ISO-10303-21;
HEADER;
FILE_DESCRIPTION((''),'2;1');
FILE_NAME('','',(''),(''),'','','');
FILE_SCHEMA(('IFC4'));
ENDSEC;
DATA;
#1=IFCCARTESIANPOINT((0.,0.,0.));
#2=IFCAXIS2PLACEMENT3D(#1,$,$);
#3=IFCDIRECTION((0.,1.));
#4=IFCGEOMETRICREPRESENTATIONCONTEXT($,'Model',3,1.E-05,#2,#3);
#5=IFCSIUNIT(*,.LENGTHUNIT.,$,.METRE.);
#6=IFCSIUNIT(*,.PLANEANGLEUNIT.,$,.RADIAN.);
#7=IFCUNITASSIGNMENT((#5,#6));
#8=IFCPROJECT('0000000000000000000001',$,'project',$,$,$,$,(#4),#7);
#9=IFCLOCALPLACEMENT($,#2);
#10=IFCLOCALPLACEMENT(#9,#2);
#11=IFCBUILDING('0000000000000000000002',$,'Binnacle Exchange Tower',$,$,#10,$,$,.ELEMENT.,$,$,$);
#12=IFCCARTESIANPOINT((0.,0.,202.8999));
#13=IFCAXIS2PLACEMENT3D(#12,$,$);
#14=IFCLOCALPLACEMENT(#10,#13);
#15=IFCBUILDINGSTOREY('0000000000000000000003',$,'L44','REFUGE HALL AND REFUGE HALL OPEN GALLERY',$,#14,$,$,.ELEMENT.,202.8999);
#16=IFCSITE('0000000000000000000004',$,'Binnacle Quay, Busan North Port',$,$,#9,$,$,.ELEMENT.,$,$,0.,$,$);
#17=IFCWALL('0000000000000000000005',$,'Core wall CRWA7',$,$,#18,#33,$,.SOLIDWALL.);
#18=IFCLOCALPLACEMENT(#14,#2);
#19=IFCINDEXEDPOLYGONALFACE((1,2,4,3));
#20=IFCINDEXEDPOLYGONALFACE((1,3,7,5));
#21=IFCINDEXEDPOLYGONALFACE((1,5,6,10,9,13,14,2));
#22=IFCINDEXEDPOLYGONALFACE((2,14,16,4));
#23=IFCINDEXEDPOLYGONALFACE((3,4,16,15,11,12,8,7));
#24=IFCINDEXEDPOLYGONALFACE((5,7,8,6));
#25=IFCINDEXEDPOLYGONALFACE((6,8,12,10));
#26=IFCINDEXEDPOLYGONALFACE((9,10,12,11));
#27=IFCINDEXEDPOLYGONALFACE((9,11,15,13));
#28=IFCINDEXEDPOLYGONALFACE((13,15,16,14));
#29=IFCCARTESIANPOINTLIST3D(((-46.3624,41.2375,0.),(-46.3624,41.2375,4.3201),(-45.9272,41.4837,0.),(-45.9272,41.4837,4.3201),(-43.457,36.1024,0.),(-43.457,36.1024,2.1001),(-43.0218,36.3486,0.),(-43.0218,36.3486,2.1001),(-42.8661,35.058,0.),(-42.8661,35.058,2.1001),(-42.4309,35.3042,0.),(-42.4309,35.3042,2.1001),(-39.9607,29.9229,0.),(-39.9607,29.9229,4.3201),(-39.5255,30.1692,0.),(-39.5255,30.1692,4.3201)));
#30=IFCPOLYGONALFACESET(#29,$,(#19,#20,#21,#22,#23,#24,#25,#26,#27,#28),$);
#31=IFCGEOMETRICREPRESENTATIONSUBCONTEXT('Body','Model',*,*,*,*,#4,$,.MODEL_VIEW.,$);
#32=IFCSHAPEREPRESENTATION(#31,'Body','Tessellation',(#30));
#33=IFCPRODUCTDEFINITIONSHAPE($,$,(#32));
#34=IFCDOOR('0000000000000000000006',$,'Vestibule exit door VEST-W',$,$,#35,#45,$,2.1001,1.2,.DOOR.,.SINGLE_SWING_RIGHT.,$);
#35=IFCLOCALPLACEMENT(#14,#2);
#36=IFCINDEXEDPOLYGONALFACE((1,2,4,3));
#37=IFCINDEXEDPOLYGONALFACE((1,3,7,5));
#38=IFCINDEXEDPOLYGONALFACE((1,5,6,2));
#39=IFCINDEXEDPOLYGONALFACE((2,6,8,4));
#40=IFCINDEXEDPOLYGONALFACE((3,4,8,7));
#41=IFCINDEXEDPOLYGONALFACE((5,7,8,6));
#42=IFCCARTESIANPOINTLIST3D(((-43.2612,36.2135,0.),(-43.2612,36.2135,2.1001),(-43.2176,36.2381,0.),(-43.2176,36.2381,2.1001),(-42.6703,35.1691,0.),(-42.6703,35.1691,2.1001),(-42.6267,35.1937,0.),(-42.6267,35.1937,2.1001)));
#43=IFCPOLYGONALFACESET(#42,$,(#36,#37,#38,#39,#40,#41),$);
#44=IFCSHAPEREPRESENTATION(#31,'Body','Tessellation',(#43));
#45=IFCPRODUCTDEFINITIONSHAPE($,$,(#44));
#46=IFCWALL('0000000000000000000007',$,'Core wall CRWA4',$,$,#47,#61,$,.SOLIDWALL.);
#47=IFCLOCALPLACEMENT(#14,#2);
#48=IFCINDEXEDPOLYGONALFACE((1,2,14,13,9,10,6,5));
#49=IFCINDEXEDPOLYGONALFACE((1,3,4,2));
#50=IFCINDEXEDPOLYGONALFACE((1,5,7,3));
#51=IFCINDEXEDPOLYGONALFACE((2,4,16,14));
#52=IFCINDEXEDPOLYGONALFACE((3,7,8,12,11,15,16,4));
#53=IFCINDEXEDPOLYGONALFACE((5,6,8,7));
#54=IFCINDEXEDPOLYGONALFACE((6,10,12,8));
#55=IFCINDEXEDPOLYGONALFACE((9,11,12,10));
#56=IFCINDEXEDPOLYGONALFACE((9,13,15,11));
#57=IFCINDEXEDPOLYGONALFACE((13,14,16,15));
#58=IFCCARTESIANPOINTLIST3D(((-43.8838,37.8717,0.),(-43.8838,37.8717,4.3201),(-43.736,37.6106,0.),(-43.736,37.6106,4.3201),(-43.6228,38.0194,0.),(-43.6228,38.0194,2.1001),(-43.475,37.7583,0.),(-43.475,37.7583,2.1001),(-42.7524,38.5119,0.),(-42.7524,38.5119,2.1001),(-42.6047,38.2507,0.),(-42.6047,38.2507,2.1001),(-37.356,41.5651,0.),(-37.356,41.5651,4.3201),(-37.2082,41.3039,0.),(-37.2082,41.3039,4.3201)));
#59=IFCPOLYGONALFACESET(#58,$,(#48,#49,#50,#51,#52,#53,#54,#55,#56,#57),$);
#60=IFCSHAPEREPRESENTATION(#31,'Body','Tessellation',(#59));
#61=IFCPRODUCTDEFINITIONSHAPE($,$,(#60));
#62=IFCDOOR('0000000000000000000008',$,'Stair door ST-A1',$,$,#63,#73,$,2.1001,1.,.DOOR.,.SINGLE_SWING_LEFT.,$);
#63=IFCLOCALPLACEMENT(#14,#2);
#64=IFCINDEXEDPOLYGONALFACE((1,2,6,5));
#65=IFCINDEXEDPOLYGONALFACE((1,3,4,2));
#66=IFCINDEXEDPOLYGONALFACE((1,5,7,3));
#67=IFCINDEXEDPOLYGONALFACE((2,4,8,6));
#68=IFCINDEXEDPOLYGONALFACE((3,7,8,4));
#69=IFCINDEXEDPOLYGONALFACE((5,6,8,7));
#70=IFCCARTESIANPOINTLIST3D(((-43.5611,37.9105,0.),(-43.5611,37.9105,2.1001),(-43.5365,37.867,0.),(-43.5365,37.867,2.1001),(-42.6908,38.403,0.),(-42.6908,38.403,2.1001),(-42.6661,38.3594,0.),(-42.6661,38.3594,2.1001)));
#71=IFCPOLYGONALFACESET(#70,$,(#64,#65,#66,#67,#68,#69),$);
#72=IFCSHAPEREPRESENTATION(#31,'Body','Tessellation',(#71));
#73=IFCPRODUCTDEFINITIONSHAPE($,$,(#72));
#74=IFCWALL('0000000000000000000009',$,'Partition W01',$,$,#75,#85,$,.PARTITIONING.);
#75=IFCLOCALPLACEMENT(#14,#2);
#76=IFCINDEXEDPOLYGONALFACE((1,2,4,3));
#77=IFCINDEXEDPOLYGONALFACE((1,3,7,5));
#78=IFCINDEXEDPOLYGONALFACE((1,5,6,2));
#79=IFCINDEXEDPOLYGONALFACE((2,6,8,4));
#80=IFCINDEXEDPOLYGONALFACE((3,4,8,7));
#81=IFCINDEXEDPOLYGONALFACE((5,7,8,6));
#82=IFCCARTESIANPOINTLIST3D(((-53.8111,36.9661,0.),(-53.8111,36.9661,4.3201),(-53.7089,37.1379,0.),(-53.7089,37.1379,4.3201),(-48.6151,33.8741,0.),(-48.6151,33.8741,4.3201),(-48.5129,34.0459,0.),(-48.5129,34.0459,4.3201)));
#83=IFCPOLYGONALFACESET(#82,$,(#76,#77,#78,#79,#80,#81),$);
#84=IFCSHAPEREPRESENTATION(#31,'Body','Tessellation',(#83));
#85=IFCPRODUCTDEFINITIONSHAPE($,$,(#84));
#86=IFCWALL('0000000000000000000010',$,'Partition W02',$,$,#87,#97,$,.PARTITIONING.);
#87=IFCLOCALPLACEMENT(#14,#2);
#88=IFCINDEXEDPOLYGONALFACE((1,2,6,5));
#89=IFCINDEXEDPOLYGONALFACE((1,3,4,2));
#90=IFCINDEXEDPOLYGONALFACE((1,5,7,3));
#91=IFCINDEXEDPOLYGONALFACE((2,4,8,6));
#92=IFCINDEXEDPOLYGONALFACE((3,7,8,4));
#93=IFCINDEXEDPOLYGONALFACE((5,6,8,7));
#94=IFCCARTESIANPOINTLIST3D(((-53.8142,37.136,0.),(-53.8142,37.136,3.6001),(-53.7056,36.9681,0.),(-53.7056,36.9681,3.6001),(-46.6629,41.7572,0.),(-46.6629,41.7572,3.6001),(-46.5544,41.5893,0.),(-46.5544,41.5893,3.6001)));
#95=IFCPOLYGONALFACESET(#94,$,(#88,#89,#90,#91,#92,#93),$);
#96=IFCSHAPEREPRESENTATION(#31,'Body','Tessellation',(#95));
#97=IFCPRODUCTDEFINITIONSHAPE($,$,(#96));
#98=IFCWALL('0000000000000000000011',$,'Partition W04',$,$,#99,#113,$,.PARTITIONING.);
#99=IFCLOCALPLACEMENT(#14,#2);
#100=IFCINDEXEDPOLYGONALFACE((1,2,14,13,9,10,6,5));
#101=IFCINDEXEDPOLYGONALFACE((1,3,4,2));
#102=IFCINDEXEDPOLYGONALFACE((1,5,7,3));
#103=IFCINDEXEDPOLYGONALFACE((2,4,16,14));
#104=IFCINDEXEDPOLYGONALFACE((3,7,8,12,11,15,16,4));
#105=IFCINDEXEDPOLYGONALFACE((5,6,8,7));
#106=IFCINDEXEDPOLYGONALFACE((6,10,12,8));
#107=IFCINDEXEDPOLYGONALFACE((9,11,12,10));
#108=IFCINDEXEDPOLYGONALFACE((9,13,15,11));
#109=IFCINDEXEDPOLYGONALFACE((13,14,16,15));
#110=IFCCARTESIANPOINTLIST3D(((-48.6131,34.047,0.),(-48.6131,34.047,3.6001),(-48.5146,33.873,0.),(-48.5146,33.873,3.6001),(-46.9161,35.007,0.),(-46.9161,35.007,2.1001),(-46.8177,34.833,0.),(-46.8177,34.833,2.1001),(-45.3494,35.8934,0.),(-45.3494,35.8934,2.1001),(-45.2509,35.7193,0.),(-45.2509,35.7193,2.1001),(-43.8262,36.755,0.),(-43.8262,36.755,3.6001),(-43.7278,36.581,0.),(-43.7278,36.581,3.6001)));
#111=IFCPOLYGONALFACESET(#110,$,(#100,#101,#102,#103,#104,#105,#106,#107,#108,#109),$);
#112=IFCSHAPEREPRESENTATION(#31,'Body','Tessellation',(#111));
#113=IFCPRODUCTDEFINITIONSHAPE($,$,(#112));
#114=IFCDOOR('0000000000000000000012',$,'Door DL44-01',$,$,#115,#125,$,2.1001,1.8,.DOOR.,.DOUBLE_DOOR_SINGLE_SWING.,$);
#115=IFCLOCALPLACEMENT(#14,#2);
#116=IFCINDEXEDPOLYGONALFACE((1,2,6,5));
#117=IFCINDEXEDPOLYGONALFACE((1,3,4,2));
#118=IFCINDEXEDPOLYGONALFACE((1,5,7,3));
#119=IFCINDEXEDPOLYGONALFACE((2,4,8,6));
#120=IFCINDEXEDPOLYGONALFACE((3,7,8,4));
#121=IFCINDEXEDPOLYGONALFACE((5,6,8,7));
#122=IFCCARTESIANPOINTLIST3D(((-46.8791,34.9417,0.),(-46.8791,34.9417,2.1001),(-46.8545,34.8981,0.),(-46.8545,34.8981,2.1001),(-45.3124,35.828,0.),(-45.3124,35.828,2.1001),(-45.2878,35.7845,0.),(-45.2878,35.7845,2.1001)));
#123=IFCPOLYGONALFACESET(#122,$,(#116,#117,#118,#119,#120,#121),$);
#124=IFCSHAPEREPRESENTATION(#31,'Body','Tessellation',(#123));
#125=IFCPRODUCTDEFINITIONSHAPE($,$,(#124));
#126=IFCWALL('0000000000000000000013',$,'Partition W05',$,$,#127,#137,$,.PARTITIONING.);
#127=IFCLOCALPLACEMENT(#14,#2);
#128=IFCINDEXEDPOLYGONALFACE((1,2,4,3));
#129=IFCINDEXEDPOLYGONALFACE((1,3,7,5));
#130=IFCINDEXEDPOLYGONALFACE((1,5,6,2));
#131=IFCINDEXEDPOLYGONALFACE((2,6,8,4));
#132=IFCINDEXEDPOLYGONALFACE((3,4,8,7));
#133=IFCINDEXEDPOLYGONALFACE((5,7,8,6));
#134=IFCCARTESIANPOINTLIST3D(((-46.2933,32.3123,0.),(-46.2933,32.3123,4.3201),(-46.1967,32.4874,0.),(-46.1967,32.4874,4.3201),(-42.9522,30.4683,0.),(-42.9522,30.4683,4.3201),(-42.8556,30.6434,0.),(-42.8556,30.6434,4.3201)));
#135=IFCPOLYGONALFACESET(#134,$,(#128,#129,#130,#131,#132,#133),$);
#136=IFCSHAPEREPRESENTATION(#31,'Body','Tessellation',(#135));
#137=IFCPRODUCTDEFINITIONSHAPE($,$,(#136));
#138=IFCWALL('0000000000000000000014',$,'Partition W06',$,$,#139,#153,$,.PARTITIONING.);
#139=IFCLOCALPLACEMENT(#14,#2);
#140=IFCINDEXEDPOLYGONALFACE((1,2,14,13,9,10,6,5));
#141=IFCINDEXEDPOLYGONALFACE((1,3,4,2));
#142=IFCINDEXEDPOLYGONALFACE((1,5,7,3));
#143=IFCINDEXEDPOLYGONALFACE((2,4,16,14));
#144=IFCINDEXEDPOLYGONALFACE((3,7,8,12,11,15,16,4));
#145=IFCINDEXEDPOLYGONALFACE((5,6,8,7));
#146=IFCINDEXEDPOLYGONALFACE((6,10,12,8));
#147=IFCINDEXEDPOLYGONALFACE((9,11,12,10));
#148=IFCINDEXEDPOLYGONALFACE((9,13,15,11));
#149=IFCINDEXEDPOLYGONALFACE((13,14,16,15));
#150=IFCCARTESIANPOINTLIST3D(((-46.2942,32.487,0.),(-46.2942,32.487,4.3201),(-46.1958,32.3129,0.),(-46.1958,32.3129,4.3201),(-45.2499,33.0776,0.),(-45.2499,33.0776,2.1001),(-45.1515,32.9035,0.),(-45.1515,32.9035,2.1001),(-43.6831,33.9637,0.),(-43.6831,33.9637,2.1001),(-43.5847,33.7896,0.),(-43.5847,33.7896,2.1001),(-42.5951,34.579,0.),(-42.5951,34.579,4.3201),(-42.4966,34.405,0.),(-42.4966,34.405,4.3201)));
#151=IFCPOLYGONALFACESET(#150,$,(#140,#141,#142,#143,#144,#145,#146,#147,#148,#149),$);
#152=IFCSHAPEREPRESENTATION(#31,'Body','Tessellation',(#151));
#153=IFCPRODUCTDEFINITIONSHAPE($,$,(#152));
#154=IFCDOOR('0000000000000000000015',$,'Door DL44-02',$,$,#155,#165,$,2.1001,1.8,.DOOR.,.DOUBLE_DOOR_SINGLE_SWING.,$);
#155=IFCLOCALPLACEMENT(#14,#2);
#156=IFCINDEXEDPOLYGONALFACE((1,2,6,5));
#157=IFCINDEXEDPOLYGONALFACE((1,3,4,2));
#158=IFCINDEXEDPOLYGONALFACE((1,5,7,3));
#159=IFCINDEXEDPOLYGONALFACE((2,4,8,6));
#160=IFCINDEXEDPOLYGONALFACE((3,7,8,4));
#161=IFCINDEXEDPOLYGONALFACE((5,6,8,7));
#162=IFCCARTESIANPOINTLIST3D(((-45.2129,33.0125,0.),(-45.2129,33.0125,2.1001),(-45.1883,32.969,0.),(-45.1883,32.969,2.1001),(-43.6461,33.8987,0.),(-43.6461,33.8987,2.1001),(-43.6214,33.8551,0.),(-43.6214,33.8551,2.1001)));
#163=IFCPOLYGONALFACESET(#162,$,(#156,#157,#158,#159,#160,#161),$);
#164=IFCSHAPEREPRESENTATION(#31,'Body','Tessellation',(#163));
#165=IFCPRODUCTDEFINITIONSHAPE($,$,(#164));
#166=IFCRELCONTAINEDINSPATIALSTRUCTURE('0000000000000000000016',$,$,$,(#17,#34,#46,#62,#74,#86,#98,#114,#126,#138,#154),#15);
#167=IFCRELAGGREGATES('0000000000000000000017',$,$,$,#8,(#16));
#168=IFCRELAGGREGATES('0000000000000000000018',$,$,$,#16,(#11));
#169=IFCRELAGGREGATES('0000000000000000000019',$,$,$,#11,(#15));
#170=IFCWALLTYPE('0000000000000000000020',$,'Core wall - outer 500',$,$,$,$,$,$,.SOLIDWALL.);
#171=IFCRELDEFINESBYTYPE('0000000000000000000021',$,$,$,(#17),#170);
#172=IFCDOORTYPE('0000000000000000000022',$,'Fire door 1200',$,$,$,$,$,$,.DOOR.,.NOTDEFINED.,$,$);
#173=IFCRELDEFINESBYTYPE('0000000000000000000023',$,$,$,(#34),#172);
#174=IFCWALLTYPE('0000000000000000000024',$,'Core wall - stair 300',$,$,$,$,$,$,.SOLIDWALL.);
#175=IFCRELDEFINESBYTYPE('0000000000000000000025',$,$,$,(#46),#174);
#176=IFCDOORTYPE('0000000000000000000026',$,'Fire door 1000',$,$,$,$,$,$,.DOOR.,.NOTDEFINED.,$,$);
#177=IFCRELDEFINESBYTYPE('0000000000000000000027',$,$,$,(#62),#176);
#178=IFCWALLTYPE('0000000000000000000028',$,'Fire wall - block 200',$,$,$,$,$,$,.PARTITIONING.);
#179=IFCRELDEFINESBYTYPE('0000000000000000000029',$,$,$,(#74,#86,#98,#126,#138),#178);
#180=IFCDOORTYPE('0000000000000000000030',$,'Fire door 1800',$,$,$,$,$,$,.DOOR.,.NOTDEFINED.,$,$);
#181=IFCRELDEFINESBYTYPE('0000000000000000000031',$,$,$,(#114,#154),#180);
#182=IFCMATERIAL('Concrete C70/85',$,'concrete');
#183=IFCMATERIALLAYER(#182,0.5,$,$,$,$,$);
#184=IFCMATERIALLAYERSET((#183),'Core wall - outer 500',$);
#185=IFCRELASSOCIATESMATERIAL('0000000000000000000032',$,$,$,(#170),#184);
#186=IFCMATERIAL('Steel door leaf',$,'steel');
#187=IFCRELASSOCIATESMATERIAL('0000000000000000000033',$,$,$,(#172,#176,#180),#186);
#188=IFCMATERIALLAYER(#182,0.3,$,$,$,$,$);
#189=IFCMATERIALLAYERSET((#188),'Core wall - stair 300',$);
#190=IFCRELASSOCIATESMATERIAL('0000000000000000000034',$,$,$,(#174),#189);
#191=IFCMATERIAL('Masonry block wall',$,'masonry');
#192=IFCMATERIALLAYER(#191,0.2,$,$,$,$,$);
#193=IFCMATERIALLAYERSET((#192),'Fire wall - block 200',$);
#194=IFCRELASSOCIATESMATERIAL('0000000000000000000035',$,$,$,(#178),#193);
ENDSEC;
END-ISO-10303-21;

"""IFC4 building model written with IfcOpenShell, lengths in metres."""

from ifc_helpers import new_model, si_unit, direction, frame, frame_2d, origin, place, context, subcontext, project, spatial, rectangle, extrude, material, layer, layer_set, type_object, element, fill, save


model = new_model("IFC4")

# Units and contexts
model_context = context("Model", 3, precision=1e-05, world=origin(), true_north=direction((0.0, 1.0)))
body_context = subcontext(model_context, "Body", "Model", "MODEL_VIEW")
ifc_project = project(units=[si_unit("LENGTHUNIT", "METRE"), si_unit("PLANEANGLEUNIT", "RADIAN")], contexts=[model_context])

# Site, building, storey
site_placement = place(None, origin())
site = spatial("IfcSite", under=ifc_project, at=site_placement, Name="Binnacle Quay, Busan North Port", CompositionType="ELEMENT", RefElevation=0.0)
building_placement = place(site_placement, origin())
building = spatial("IfcBuilding", under=site, at=building_placement, Name="Binnacle Exchange Tower", CompositionType="ELEMENT")
storey_placement = place(building_placement, frame((0.0, 0.0, 202.8999)))
storey = spatial("IfcBuildingStorey", under=building, at=storey_placement, Name="L44", Description="REFUGE HALL AND REFUGE HALL OPEN GALLERY", CompositionType="ELEMENT", Elevation=202.8999)

# Shared definitions
ifc_material_1 = material(Name="Concrete C70/85", Category="concrete")

# Shared definitions
ifc_layer_1 = layer(ifc_material_1, 0.5)
ifc_layer_set_1 = layer_set([ifc_layer_1], Name="Core wall - outer 500")
wall_type_1 = type_object("IfcWallType", Name="Core wall - outer 500", PredefinedType="SOLIDWALL", material=ifc_layer_set_1)

# Walls, openings, doors
wall_1_placement = place(storey_placement, frame((-46.1448, 41.3606, 0.0), z_axis=(0.0, 0.0, 1.0), x_axis=(0.492435, -0.870349, 0.0)))
wall_1 = element("IfcWall", 1, at=wall_1_placement, inside=storey, type_object=wall_type_1, Name="Core wall CRWA7", PredefinedType="SOLIDWALL", context=body_context, shape_type="SweptSolid", body=[
    extrude(rectangle(XDim=13.0, YDim=0.5, at=frame_2d((6.5, 0.0))), origin(), (0.0, 0.0, 1.0), 4.3201),
])
opening_1_placement = place(wall_1_placement, frame((5.8999, 0.0, 0.0)))
opening_1 = element("IfcOpeningElement", 2, at=opening_1_placement, cuts=wall_1, PredefinedType="OPENING", context=body_context, shape_type="SweptSolid", body=[
    extrude(rectangle(XDim=1.2, YDim=2.1001, at=frame_2d((0.6001, 1.05))), frame((0.0, 0.26, 0.0), z_axis=(0.0, -1.0, 0.0), x_axis=(1.0, 0.0, 0.0)), (0.0, 0.0, 1.0), 0.52),
])
ifc_material_2 = material(Name="Steel door leaf", Category="steel")
door_type_1 = type_object("IfcDoorType", Name="Fire door 1200", OperationType="NOTDEFINED", PredefinedType="DOOR", material=ifc_material_2)
door_1_placement = place(opening_1_placement, frame((1.2, 0.0, 0.0), z_axis=(0.0, 0.0, 1.0), x_axis=(-1.0, 0.0, 0.0)))
door_1 = element("IfcDoor", 3, at=door_1_placement, inside=storey, type_object=door_type_1, Name="Vestibule exit door VEST-W", OperationType="SINGLE_SWING_RIGHT", OverallHeight=2.1001, OverallWidth=1.2, PredefinedType="DOOR", context=body_context, shape_type="SweptSolid", body=[
    extrude(rectangle(XDim=1.2, YDim=2.1001, at=frame_2d((0.6001, 1.05))), frame((0.0, 0.0249, 0.0), z_axis=(0.0, -1.0, 0.0), x_axis=(1.0, 0.0, 0.0)), (0.0, 0.0, 1.0), 0.05),
])
fill(opening_1, door_1)
ifc_layer_2 = layer(ifc_material_1, 0.3)
ifc_layer_set_2 = layer_set([ifc_layer_2], Name="Core wall - stair 300")
wall_type_2 = type_object("IfcWallType", Name="Core wall - stair 300", PredefinedType="SOLIDWALL", material=ifc_layer_set_2)
wall_2_placement = place(storey_placement, frame((-43.8098, 37.7412, 0.0), z_axis=(0.0, 0.0, 1.0), x_axis=(0.870351, 0.492433, 0.0)))
wall_2 = element("IfcWall", 4, at=wall_2_placement, inside=storey, type_object=wall_type_2, Name="Core wall CRWA4", PredefinedType="SOLIDWALL", context=body_context, shape_type="SweptSolid", body=[
    extrude(rectangle(XDim=7.5002, YDim=0.3, at=frame_2d((3.75, 0.0))), origin(), (0.0, 0.0, 1.0), 4.3201),
])
opening_2_placement = place(wall_2_placement, frame((0.2998, 0.0, 0.0)))
opening_2 = element("IfcOpeningElement", 5, at=opening_2_placement, cuts=wall_2, PredefinedType="OPENING", context=body_context, shape_type="SweptSolid", body=[
    extrude(rectangle(XDim=1.0, YDim=2.1001, at=frame_2d((0.5, 1.05))), frame((0.0, 0.1599, 0.0), z_axis=(0.0, -1.0, 0.0), x_axis=(1.0, 0.0, 0.0)), (0.0, 0.0, 1.0), 0.3201),
])
door_type_2 = type_object("IfcDoorType", Name="Fire door 1000", OperationType="NOTDEFINED", PredefinedType="DOOR", material=ifc_material_2)
door_2_placement = place(opening_2_placement, origin())
door_2 = element("IfcDoor", 6, at=door_2_placement, inside=storey, type_object=door_type_2, Name="Stair door ST-A1", OperationType="SINGLE_SWING_LEFT", OverallHeight=2.1001, OverallWidth=1.0, PredefinedType="DOOR", context=body_context, shape_type="SweptSolid", body=[
    extrude(rectangle(XDim=1.0, YDim=2.1001, at=frame_2d((0.5, 1.05))), frame((0.0, 0.0249, 0.0), z_axis=(0.0, -1.0, 0.0), x_axis=(1.0, 0.0, 0.0)), (0.0, 0.0, 1.0), 0.05),
])
fill(opening_2, door_2)

# Walls
ifc_material_3 = material(Name="Masonry block wall", Category="masonry")
ifc_layer_3 = layer(ifc_material_3, 0.2)
ifc_layer_set_3 = layer_set([ifc_layer_3], Name="Fire wall - block 200")
wall_type_3 = type_object("IfcWallType", Name="Fire wall - block 200", PredefinedType="PARTITIONING", material=ifc_layer_set_3)
wall_3_placement = place(storey_placement, frame((-53.76, 37.052, 0.0), z_axis=(0.0, 0.0, 1.0), x_axis=(0.859354, -0.511381, 0.0)))
element("IfcWall", 7, at=wall_3_placement, inside=storey, type_object=wall_type_3, Name="Partition W01", PredefinedType="PARTITIONING", context=body_context, shape_type="SweptSolid", body=[
    extrude(rectangle(XDim=6.0464, YDim=0.2, at=frame_2d((3.0232, 0.0))), origin(), (0.0, 0.0, 1.0), 4.3201),
])
wall_4_placement = place(storey_placement, frame((-53.76, 37.052, 0.0), z_axis=(0.0, 0.0, 1.0), x_axis=(0.839897, 0.542746, 0.0)))
element("IfcWall", 8, at=wall_4_placement, inside=storey, type_object=wall_type_3, Name="Partition W02", PredefinedType="PARTITIONING", context=body_context, shape_type="SweptSolid", body=[
    extrude(rectangle(XDim=8.5144, YDim=0.2, at=frame_2d((4.2573, 0.0))), origin(), (0.0, 0.0, 1.0), 3.6001),
])

# Wall, opening, door
wall_5_placement = place(storey_placement, frame((-48.564, 33.96, 0.0), z_axis=(0.0, 0.0, 1.0), x_axis=(0.870377, 0.492386, 0.0)))
wall_5 = element("IfcWall", 9, at=wall_5_placement, inside=storey, type_object=wall_type_3, Name="Partition W04", PredefinedType="PARTITIONING", context=body_context, shape_type="SweptSolid", body=[
    extrude(rectangle(XDim=5.4998, YDim=0.2, at=frame_2d((2.75, 0.0))), origin(), (0.0, 0.0, 1.0), 3.6001),
])
opening_3_placement = place(wall_5_placement, frame((1.95, 0.0, 0.0)))
opening_3 = element("IfcOpeningElement", 10, at=opening_3_placement, cuts=wall_5, PredefinedType="OPENING", context=body_context, shape_type="SweptSolid", body=[
    extrude(rectangle(XDim=1.8, YDim=2.1001, at=frame_2d((0.8999, 1.05))), frame((0.0, 0.1099, 0.0), z_axis=(0.0, -1.0, 0.0), x_axis=(1.0, 0.0, 0.0)), (0.0, 0.0, 1.0), 0.22),
])
door_type_3 = type_object("IfcDoorType", Name="Fire door 1800", OperationType="NOTDEFINED", PredefinedType="DOOR", material=ifc_material_2)
door_3_placement = place(opening_3_placement, origin())
door_3 = element("IfcDoor", 11, at=door_3_placement, inside=storey, type_object=door_type_3, Name="Door DL44-01", OperationType="DOUBLE_DOOR_SINGLE_SWING", OverallHeight=2.1001, OverallWidth=1.8, PredefinedType="DOOR", context=body_context, shape_type="SweptSolid", body=[
    extrude(rectangle(XDim=1.8, YDim=2.1001, at=frame_2d((0.8999, 1.05))), frame((0.0, 0.0249, 0.0), z_axis=(0.0, -1.0, 0.0), x_axis=(1.0, 0.0, 0.0)), (0.0, 0.0, 1.0), 0.05),
])
fill(opening_3, door_3)

# Wall
wall_6_placement = place(storey_placement, frame((-46.2451, 32.3999, 0.0), z_axis=(0.0, 0.0, 1.0), x_axis=(0.875506, -0.483208, 0.0)))
element("IfcWall", 12, at=wall_6_placement, inside=storey, type_object=wall_type_3, Name="Partition W05", PredefinedType="PARTITIONING", context=body_context, shape_type="SweptSolid", body=[
    extrude(rectangle(XDim=3.8162, YDim=0.2, at=frame_2d((1.9082, 0.0))), origin(), (0.0, 0.0, 1.0), 4.3201),
])

# Wall, opening, door
wall_7_placement = place(storey_placement, frame((-46.2451, 32.3999, 0.0), z_axis=(0.0, 0.0, 1.0), x_axis=(0.870444, 0.492267, 0.0)))
wall_7 = element("IfcWall", 13, at=wall_7_placement, inside=storey, type_object=wall_type_3, Name="Partition W06", PredefinedType="PARTITIONING", context=body_context, shape_type="SweptSolid", body=[
    extrude(rectangle(XDim=4.2498, YDim=0.2, at=frame_2d((2.125, 0.0))), origin(), (0.0, 0.0, 1.0), 4.3201),
])
opening_4_placement = place(wall_7_placement, frame((1.2, 0.0, 0.0)))
opening_4 = element("IfcOpeningElement", 14, at=opening_4_placement, cuts=wall_7, PredefinedType="OPENING", context=body_context, shape_type="SweptSolid", body=[
    extrude(rectangle(XDim=1.8, YDim=2.1001, at=frame_2d((0.8999, 1.05))), frame((0.0, 0.1099, 0.0), z_axis=(0.0, -1.0, 0.0), x_axis=(1.0, 0.0, 0.0)), (0.0, 0.0, 1.0), 0.22),
])
door_4_placement = place(opening_4_placement, frame((1.8, 0.0, 0.0), z_axis=(0.0, 0.0, 1.0), x_axis=(-1.0, 0.0, 0.0)))
door_4 = element("IfcDoor", 15, at=door_4_placement, inside=storey, type_object=door_type_3, Name="Door DL44-02", OperationType="DOUBLE_DOOR_SINGLE_SWING", OverallHeight=2.1001, OverallWidth=1.8, PredefinedType="DOOR", context=body_context, shape_type="SweptSolid", body=[
    extrude(rectangle(XDim=1.8, YDim=2.1001, at=frame_2d((0.8999, 1.05))), frame((0.0, 0.0249, 0.0), z_axis=(0.0, -1.0, 0.0), x_axis=(1.0, 0.0, 0.0)), (0.0, 0.0, 1.0), 0.05),
])
fill(opening_4, door_4)

save(model, "model.ifc")
